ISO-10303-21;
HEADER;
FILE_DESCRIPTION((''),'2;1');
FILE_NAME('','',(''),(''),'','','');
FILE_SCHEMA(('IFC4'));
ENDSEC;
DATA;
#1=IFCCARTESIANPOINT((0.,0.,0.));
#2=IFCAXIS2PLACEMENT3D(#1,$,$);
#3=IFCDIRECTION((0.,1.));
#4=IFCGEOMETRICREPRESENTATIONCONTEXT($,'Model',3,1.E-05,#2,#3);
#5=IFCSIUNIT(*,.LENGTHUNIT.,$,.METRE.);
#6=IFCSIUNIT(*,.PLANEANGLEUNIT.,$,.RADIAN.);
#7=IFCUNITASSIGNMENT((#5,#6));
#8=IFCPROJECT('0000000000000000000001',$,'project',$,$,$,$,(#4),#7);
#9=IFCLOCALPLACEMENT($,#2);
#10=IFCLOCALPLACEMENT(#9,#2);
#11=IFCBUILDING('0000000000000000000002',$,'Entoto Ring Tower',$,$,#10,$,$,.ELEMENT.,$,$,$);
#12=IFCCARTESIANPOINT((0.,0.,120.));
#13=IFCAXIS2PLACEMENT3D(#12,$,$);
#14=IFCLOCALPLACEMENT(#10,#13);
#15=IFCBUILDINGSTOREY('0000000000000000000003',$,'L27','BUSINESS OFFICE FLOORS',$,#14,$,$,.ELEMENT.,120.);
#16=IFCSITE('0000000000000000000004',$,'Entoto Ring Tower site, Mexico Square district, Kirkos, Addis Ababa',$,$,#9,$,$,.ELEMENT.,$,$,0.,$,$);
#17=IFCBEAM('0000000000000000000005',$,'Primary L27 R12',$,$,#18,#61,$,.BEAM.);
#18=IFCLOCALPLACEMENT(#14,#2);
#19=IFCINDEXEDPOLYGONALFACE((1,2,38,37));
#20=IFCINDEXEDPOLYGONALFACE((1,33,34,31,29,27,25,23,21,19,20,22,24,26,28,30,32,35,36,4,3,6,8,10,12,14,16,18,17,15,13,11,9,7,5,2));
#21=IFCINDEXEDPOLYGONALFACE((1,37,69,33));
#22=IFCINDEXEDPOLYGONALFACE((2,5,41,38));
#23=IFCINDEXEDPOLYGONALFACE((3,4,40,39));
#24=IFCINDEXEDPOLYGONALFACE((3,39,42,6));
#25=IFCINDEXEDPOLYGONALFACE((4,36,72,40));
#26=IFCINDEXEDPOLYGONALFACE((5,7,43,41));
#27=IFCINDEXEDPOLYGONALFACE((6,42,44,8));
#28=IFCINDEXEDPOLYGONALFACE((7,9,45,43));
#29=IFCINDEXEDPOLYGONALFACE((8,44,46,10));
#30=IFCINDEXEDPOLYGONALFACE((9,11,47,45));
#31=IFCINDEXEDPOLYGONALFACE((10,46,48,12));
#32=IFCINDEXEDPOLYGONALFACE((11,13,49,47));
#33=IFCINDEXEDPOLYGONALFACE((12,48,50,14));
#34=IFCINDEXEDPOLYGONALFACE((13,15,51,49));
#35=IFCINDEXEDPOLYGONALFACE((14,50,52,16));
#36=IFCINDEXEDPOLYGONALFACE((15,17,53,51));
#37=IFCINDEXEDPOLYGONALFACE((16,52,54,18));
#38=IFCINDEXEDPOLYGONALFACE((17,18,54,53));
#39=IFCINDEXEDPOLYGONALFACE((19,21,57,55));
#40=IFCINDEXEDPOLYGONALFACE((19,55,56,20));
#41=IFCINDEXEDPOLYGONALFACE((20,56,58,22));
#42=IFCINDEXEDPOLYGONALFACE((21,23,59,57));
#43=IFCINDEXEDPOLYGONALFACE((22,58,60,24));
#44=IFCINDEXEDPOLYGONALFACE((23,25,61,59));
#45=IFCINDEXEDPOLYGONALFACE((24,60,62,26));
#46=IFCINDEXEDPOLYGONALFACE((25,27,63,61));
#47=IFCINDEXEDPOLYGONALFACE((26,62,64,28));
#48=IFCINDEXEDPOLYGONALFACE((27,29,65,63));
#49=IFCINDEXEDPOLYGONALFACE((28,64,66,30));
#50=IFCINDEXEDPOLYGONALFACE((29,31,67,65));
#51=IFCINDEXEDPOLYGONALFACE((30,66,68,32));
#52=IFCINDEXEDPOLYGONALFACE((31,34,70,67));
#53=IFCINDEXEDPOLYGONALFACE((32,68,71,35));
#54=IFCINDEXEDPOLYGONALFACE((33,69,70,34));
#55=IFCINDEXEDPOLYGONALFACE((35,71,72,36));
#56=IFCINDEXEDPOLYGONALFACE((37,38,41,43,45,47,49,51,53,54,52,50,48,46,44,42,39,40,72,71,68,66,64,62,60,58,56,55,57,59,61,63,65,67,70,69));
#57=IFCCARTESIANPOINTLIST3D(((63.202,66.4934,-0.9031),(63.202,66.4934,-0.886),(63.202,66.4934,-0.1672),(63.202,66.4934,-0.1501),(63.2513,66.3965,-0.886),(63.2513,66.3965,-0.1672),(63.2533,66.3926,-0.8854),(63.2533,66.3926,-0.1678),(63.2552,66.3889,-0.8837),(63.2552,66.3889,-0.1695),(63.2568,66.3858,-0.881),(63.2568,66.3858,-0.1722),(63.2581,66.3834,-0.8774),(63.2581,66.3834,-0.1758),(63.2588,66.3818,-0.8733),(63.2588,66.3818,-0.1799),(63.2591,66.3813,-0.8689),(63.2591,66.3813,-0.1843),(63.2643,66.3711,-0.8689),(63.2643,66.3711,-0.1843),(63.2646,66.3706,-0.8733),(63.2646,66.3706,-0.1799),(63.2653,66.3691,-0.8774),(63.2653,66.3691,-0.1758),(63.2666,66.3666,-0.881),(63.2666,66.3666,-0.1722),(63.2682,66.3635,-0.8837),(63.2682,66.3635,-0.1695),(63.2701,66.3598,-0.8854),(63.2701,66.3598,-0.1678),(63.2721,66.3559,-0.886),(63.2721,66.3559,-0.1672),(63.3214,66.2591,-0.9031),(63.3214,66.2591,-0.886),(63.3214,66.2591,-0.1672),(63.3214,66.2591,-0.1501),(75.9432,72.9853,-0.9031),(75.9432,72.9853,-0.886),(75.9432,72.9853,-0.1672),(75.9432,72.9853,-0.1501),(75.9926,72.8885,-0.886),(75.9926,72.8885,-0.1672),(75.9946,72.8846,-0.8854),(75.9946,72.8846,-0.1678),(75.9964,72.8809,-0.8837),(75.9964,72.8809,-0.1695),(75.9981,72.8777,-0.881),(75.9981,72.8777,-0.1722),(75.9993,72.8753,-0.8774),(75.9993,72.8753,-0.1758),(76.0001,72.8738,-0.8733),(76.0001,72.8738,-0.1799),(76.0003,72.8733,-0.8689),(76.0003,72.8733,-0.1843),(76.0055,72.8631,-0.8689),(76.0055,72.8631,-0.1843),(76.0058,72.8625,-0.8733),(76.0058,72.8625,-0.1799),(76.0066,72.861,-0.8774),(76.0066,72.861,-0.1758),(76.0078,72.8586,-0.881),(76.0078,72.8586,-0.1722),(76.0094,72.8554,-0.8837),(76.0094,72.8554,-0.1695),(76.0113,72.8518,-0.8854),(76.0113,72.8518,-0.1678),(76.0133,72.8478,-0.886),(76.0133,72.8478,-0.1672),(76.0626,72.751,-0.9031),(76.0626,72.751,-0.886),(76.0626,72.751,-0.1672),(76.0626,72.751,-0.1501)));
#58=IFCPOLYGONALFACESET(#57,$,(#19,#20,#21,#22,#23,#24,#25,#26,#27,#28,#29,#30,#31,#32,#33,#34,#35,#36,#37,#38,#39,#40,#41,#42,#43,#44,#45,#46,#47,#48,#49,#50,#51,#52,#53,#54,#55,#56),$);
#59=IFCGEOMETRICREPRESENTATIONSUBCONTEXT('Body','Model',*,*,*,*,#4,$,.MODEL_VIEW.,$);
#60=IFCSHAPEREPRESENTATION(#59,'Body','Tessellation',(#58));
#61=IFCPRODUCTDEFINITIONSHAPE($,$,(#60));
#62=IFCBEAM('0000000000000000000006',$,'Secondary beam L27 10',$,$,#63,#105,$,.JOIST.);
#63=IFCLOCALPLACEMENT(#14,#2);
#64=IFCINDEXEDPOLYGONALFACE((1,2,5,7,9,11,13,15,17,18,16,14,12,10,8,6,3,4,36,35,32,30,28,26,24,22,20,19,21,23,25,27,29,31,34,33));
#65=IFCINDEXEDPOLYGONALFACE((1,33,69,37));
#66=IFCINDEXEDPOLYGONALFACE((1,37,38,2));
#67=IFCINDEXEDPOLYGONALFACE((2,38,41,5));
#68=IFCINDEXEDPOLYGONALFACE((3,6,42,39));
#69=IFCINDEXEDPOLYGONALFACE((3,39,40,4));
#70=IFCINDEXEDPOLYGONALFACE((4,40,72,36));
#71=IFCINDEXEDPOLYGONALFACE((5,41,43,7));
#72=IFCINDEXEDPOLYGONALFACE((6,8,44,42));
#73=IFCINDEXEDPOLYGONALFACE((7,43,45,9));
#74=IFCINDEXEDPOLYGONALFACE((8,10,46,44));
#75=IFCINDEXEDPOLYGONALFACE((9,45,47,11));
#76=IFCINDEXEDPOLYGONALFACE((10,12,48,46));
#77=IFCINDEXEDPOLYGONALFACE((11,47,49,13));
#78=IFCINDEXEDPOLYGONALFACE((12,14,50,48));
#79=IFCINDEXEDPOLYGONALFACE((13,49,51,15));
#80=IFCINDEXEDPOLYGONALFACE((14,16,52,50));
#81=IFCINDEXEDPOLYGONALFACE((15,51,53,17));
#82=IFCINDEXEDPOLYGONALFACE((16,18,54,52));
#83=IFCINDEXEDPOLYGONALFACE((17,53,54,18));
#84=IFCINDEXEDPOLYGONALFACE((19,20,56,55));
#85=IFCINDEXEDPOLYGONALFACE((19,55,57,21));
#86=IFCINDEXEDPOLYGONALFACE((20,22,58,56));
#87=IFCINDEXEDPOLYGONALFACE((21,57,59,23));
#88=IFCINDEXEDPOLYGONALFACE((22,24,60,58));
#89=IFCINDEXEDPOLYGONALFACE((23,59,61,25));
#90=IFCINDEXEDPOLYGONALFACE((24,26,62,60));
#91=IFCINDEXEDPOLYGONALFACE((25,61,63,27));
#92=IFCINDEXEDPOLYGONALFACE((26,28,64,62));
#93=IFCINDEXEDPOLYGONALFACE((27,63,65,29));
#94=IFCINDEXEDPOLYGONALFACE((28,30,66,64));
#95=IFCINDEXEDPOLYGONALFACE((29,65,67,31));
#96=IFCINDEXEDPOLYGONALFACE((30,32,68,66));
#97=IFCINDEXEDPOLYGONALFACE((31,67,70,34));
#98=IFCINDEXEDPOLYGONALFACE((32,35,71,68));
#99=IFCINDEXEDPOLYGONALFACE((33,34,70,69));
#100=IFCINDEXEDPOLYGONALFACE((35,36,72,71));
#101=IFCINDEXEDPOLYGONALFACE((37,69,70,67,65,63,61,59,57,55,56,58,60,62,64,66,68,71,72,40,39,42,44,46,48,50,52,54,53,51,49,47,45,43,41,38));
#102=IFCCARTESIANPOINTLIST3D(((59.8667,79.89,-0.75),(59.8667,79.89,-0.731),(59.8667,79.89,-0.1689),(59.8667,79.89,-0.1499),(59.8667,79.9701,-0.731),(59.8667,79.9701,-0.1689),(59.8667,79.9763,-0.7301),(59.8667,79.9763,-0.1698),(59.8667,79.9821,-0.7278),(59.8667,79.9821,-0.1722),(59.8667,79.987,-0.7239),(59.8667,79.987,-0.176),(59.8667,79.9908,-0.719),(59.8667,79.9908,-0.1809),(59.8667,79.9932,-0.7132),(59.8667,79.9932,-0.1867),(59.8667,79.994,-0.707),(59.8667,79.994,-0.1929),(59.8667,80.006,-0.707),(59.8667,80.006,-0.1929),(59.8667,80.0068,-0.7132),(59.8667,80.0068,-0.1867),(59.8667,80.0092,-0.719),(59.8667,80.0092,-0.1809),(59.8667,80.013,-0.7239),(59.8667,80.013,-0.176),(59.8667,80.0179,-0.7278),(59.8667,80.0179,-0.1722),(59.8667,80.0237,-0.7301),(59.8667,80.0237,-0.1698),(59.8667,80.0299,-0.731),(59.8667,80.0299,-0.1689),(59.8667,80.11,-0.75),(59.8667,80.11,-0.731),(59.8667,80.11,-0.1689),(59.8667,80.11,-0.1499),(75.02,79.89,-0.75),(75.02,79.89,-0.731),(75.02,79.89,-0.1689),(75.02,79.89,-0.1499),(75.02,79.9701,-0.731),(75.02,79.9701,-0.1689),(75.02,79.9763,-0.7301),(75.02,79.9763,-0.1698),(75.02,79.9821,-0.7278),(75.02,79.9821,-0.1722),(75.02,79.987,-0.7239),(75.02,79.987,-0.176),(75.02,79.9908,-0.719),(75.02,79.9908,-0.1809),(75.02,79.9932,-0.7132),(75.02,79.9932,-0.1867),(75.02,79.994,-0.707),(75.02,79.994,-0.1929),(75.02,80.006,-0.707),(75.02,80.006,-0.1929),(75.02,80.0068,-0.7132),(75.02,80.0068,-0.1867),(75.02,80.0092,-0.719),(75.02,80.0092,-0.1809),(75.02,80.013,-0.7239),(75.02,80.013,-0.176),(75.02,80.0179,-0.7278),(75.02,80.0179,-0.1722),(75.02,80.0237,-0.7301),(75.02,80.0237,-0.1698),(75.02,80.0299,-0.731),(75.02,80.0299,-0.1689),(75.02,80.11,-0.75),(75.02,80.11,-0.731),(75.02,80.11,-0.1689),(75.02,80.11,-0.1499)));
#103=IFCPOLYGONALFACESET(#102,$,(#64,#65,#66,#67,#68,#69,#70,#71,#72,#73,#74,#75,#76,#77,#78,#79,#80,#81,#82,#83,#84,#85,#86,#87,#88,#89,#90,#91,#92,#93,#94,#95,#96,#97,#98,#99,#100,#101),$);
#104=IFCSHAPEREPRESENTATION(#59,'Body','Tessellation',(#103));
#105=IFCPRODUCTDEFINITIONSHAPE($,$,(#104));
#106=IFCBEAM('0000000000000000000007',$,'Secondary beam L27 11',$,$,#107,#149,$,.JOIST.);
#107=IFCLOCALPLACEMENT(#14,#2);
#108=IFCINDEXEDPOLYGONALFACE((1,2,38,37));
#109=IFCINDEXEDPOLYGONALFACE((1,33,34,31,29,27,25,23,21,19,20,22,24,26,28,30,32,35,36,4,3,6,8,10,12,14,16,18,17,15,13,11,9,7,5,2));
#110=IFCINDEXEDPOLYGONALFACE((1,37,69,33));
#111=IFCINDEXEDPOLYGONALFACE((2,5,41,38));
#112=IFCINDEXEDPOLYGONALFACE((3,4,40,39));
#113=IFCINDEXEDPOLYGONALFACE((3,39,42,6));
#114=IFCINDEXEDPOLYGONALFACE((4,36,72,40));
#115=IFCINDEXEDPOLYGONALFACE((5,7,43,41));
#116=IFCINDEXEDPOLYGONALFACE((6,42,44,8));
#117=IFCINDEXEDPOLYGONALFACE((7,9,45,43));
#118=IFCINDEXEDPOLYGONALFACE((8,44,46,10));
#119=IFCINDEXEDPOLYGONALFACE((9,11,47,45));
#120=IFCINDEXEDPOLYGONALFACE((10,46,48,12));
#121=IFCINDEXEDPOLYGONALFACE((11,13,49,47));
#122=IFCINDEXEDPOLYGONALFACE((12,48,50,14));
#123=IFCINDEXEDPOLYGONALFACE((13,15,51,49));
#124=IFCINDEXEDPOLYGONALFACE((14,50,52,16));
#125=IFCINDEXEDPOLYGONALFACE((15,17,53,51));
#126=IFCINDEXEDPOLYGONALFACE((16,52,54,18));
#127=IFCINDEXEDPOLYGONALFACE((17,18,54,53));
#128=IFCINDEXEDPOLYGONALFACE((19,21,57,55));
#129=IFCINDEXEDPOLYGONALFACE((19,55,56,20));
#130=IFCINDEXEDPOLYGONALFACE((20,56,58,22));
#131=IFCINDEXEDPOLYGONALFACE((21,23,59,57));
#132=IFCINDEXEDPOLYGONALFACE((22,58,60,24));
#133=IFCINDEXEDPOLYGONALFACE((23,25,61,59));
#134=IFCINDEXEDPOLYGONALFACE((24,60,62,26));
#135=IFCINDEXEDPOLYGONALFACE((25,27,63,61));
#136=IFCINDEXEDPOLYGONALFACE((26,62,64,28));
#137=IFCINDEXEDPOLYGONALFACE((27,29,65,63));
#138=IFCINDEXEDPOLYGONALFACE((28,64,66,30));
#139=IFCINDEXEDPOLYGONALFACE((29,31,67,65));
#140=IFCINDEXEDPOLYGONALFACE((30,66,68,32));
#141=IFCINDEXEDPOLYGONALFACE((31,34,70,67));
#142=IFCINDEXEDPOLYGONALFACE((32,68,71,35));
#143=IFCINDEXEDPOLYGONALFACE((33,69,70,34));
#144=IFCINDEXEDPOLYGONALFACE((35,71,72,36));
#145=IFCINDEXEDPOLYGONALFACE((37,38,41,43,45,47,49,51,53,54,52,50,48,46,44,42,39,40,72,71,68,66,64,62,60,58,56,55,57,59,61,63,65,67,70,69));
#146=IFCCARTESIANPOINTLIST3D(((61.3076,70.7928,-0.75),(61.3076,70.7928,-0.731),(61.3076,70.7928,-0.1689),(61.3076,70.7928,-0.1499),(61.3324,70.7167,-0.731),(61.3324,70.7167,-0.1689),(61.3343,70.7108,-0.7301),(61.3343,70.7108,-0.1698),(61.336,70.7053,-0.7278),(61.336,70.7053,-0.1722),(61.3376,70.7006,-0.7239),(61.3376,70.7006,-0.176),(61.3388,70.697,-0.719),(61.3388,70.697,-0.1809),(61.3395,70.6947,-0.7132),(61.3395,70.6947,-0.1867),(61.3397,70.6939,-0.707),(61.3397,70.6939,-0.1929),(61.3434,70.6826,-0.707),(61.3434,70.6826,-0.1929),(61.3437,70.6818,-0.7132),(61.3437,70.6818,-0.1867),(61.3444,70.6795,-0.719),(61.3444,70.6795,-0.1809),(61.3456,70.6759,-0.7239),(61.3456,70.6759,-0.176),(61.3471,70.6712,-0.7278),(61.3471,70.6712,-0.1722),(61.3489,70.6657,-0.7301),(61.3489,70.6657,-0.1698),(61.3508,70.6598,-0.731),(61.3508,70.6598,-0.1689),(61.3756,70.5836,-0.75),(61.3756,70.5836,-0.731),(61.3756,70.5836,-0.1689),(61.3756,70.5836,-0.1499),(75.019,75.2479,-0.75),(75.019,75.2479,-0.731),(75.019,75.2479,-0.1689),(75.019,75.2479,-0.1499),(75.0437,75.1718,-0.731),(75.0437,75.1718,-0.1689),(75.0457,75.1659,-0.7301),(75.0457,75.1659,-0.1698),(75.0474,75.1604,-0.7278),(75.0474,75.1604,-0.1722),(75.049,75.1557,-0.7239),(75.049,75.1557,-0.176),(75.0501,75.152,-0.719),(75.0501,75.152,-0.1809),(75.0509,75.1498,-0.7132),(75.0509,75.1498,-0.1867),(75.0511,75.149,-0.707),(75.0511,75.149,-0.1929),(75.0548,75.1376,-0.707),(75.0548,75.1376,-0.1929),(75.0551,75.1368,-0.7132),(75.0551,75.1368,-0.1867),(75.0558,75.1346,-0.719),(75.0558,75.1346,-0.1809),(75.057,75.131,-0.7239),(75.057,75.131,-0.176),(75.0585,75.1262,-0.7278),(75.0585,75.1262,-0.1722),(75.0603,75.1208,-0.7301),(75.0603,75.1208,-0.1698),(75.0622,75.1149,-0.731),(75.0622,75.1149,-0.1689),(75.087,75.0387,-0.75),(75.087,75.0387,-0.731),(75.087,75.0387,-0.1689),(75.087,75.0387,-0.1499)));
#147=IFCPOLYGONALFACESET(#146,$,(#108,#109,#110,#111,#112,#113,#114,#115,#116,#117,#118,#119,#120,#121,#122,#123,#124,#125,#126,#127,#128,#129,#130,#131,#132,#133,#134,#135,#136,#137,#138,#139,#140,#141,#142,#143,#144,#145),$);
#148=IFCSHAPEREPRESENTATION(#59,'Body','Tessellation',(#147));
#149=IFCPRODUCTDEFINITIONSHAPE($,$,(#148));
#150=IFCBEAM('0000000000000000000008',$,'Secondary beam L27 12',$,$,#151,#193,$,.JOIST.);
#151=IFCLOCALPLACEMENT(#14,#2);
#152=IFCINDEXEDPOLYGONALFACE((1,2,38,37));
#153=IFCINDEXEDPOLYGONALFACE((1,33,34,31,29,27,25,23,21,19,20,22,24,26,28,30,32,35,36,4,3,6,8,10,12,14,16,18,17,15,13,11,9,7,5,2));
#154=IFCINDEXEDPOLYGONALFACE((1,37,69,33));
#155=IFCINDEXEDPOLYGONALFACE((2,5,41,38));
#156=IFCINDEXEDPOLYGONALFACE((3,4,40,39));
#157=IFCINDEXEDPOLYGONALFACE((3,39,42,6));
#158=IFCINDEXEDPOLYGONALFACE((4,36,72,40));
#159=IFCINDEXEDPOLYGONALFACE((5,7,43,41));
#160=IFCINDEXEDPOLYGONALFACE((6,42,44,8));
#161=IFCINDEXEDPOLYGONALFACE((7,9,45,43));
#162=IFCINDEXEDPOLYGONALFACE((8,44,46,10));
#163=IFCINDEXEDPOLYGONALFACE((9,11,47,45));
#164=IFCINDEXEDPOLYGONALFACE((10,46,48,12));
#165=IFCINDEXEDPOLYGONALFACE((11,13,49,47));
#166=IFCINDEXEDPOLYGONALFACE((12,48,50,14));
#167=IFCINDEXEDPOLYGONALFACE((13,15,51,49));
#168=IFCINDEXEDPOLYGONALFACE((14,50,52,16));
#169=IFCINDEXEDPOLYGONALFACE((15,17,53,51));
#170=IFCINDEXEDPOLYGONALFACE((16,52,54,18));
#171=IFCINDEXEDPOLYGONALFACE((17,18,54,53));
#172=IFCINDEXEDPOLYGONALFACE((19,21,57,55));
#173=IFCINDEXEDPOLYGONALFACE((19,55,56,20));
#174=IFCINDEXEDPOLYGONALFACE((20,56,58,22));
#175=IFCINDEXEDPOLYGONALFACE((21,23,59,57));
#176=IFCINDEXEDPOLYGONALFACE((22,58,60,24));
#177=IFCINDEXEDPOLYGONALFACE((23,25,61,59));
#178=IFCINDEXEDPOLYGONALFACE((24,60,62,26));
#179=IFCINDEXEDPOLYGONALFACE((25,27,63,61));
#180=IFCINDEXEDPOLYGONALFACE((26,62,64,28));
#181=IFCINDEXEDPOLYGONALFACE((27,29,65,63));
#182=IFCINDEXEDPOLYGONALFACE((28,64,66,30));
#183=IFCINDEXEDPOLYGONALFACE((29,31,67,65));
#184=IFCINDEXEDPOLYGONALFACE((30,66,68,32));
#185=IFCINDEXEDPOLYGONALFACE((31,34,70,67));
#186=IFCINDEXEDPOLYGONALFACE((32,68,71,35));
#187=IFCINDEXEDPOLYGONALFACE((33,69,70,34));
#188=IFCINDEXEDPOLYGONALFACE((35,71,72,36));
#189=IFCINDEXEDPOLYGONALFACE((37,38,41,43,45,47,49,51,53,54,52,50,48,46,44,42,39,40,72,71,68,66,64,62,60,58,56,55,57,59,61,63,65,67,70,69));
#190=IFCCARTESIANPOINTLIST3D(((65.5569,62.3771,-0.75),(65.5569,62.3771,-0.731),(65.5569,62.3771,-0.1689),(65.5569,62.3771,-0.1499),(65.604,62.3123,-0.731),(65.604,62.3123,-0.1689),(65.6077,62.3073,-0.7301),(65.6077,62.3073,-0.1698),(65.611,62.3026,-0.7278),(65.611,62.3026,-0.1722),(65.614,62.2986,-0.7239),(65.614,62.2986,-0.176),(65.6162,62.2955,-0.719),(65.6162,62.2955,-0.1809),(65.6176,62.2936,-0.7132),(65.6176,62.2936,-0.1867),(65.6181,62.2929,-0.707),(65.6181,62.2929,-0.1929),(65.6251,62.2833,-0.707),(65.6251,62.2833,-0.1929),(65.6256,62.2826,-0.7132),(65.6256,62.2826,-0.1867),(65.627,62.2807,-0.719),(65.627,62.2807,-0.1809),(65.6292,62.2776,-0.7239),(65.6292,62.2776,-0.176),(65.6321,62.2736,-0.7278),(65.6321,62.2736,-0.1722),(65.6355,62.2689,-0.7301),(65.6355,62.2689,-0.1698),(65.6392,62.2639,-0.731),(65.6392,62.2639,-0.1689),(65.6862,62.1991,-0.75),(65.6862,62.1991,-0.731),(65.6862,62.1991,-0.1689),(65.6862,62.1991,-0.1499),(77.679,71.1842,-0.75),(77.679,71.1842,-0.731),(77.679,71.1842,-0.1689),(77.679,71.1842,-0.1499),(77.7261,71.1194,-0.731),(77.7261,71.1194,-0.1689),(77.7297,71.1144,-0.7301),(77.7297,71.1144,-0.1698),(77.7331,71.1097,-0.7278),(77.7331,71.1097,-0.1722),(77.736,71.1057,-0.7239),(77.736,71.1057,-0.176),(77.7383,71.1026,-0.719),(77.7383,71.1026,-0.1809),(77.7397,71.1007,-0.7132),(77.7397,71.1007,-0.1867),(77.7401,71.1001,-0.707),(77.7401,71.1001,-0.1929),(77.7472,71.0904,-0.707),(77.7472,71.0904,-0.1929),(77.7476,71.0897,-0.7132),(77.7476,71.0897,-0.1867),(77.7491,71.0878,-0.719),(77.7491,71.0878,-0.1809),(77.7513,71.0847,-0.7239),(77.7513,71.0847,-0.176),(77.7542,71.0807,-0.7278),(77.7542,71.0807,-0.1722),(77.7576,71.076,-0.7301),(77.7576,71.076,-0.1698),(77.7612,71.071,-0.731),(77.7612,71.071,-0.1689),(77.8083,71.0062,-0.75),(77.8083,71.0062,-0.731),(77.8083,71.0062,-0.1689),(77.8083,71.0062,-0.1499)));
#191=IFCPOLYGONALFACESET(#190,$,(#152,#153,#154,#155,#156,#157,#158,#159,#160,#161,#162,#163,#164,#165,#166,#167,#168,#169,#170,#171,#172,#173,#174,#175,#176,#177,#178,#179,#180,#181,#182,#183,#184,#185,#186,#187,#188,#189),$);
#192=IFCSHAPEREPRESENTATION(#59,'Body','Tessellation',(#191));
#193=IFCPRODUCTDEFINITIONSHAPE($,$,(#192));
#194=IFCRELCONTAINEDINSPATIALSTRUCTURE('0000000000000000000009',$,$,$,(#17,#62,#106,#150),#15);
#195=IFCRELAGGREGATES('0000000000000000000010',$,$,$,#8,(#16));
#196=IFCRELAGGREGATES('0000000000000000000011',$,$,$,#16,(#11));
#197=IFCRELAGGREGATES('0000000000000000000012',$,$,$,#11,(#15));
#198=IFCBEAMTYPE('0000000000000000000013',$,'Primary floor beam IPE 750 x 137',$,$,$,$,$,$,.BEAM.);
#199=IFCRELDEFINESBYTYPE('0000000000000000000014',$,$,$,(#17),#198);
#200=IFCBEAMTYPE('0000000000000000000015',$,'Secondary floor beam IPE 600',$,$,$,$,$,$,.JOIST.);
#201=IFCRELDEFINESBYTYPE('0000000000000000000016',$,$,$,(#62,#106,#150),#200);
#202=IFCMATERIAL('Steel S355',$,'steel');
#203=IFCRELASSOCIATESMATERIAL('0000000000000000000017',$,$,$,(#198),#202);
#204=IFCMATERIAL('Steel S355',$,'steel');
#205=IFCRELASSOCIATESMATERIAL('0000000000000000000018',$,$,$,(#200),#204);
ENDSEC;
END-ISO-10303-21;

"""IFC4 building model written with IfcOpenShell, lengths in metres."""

from ifc_helpers import new_model, si_unit, direction, frame, origin, origin_2d, place, context, subcontext, project, spatial, i_section, extrude, material, material_profile, profile_set, type_object, element, save


model = new_model("IFC4")

# Units and contexts
model_context = context("Model", 3, precision=1e-05, world=origin(), true_north=direction((0.0, 1.0)))
body_context = subcontext(model_context, "Body", "Model", "MODEL_VIEW")
ifc_project = project(units=[si_unit("LENGTHUNIT", "METRE"), si_unit("PLANEANGLEUNIT", "RADIAN")], contexts=[model_context])

# Site, building, storey
site_placement = place(None, origin())
site = spatial("IfcSite", under=ifc_project, at=site_placement, Name="Entoto Ring Tower site, Mexico Square district, Kirkos, Addis Ababa", CompositionType="ELEMENT", RefElevation=0.0)
building_placement = place(site_placement, origin())
building = spatial("IfcBuilding", under=site, at=building_placement, Name="Entoto Ring Tower", CompositionType="ELEMENT")
storey_placement = place(building_placement, frame((0.0, 0.0, 120.0)))
storey = spatial("IfcBuildingStorey", under=building, at=storey_placement, Name="L27", Description="BUSINESS OFFICE FLOORS", CompositionType="ELEMENT", Elevation=120.0)

# Beams
ifc_material_1 = material(Name="Steel S355", Category="steel")
ifc_material_profile_1 = material_profile(ifc_material_1, i_section(OverallWidth=0.2629, OverallDepth=0.7529, WebThickness=0.0115, FlangeThickness=0.0171, FilletRadius=0.0171, at=origin_2d()), Name="IPE 750 x 137")
ifc_profile_set_1 = profile_set([ifc_material_profile_1], Name="Steel S355")
beam_type_1 = type_object("IfcBeamType", Name="Primary floor beam IPE 750 x 137", PredefinedType="BEAM", material=ifc_profile_set_1)
beam_1_placement = place(storey_placement, frame((76.0029, 72.8682, -0.5266), z_axis=(-0.891007, -0.453989, 0.0), x_axis=(0.453989, -0.891007, 0.0)))
element("IfcBeam", 1, at=beam_1_placement, inside=storey, type_object=beam_type_1, Name="Primary L27 R12", PredefinedType="BEAM", context=body_context, shape_type="SweptSolid", body=[
    extrude(i_section(OverallWidth=0.2629, OverallDepth=0.7529, WebThickness=0.0115, FlangeThickness=0.0171, FilletRadius=0.0171, at=origin_2d()), origin(), (0.0, 0.0, 1.0), 14.2998),
])
ifc_material_2 = material(Name="Steel S355", Category="steel")
ifc_material_profile_2 = material_profile(ifc_material_2, i_section(OverallWidth=0.22, OverallDepth=0.6001, WebThickness=0.012, FlangeThickness=0.019, FilletRadius=0.0239, at=origin_2d()), Name="IPE 600")
ifc_profile_set_2 = profile_set([ifc_material_profile_2], Name="Steel S355")
beam_type_2 = type_object("IfcBeamType", Name="Secondary floor beam IPE 600", PredefinedType="JOIST", material=ifc_profile_set_2)
beam_2_placement = place(storey_placement, frame((75.02, 80.0, -0.45), z_axis=(-1.0, 0.0, 0.0), x_axis=(0.0, -1.0, 0.0)))
element("IfcBeam", 2, at=beam_2_placement, inside=storey, type_object=beam_type_2, Name="Secondary beam L27 10", PredefinedType="JOIST", context=body_context, shape_type="SweptSolid", body=[
    extrude(i_section(OverallWidth=0.22, OverallDepth=0.6001, WebThickness=0.012, FlangeThickness=0.019, FilletRadius=0.0239, at=origin_2d()), origin(), (0.0, 0.0, 1.0), 15.1533),
])
beam_3_placement = place(storey_placement, frame((75.053, 75.1433, -0.45), z_axis=(-0.951057, -0.309015, 0.0), x_axis=(0.309015, -0.951057, 0.0)))
element("IfcBeam", 3, at=beam_3_placement, inside=storey, type_object=beam_type_2, Name="Secondary beam L27 11", PredefinedType="JOIST", context=body_context, shape_type="SweptSolid", body=[
    extrude(i_section(OverallWidth=0.22, OverallDepth=0.6001, WebThickness=0.012, FlangeThickness=0.019, FilletRadius=0.0239, at=origin_2d()), origin(), (0.0, 0.0, 1.0), 14.417),
])
beam_4_placement = place(storey_placement, frame((77.7437, 71.0952, -0.45), z_axis=(-0.809019, -0.587782, 0.0), x_axis=(0.587782, -0.809019, 0.0)))
element("IfcBeam", 4, at=beam_4_placement, inside=storey, type_object=beam_type_2, Name="Secondary beam L27 12", PredefinedType="JOIST", context=body_context, shape_type="SweptSolid", body=[
    extrude(i_section(OverallWidth=0.22, OverallDepth=0.6001, WebThickness=0.012, FlangeThickness=0.019, FilletRadius=0.0239, at=origin_2d()), origin(), (0.0, 0.0, 1.0), 14.9836),
])

save(model, "model.ifc")
